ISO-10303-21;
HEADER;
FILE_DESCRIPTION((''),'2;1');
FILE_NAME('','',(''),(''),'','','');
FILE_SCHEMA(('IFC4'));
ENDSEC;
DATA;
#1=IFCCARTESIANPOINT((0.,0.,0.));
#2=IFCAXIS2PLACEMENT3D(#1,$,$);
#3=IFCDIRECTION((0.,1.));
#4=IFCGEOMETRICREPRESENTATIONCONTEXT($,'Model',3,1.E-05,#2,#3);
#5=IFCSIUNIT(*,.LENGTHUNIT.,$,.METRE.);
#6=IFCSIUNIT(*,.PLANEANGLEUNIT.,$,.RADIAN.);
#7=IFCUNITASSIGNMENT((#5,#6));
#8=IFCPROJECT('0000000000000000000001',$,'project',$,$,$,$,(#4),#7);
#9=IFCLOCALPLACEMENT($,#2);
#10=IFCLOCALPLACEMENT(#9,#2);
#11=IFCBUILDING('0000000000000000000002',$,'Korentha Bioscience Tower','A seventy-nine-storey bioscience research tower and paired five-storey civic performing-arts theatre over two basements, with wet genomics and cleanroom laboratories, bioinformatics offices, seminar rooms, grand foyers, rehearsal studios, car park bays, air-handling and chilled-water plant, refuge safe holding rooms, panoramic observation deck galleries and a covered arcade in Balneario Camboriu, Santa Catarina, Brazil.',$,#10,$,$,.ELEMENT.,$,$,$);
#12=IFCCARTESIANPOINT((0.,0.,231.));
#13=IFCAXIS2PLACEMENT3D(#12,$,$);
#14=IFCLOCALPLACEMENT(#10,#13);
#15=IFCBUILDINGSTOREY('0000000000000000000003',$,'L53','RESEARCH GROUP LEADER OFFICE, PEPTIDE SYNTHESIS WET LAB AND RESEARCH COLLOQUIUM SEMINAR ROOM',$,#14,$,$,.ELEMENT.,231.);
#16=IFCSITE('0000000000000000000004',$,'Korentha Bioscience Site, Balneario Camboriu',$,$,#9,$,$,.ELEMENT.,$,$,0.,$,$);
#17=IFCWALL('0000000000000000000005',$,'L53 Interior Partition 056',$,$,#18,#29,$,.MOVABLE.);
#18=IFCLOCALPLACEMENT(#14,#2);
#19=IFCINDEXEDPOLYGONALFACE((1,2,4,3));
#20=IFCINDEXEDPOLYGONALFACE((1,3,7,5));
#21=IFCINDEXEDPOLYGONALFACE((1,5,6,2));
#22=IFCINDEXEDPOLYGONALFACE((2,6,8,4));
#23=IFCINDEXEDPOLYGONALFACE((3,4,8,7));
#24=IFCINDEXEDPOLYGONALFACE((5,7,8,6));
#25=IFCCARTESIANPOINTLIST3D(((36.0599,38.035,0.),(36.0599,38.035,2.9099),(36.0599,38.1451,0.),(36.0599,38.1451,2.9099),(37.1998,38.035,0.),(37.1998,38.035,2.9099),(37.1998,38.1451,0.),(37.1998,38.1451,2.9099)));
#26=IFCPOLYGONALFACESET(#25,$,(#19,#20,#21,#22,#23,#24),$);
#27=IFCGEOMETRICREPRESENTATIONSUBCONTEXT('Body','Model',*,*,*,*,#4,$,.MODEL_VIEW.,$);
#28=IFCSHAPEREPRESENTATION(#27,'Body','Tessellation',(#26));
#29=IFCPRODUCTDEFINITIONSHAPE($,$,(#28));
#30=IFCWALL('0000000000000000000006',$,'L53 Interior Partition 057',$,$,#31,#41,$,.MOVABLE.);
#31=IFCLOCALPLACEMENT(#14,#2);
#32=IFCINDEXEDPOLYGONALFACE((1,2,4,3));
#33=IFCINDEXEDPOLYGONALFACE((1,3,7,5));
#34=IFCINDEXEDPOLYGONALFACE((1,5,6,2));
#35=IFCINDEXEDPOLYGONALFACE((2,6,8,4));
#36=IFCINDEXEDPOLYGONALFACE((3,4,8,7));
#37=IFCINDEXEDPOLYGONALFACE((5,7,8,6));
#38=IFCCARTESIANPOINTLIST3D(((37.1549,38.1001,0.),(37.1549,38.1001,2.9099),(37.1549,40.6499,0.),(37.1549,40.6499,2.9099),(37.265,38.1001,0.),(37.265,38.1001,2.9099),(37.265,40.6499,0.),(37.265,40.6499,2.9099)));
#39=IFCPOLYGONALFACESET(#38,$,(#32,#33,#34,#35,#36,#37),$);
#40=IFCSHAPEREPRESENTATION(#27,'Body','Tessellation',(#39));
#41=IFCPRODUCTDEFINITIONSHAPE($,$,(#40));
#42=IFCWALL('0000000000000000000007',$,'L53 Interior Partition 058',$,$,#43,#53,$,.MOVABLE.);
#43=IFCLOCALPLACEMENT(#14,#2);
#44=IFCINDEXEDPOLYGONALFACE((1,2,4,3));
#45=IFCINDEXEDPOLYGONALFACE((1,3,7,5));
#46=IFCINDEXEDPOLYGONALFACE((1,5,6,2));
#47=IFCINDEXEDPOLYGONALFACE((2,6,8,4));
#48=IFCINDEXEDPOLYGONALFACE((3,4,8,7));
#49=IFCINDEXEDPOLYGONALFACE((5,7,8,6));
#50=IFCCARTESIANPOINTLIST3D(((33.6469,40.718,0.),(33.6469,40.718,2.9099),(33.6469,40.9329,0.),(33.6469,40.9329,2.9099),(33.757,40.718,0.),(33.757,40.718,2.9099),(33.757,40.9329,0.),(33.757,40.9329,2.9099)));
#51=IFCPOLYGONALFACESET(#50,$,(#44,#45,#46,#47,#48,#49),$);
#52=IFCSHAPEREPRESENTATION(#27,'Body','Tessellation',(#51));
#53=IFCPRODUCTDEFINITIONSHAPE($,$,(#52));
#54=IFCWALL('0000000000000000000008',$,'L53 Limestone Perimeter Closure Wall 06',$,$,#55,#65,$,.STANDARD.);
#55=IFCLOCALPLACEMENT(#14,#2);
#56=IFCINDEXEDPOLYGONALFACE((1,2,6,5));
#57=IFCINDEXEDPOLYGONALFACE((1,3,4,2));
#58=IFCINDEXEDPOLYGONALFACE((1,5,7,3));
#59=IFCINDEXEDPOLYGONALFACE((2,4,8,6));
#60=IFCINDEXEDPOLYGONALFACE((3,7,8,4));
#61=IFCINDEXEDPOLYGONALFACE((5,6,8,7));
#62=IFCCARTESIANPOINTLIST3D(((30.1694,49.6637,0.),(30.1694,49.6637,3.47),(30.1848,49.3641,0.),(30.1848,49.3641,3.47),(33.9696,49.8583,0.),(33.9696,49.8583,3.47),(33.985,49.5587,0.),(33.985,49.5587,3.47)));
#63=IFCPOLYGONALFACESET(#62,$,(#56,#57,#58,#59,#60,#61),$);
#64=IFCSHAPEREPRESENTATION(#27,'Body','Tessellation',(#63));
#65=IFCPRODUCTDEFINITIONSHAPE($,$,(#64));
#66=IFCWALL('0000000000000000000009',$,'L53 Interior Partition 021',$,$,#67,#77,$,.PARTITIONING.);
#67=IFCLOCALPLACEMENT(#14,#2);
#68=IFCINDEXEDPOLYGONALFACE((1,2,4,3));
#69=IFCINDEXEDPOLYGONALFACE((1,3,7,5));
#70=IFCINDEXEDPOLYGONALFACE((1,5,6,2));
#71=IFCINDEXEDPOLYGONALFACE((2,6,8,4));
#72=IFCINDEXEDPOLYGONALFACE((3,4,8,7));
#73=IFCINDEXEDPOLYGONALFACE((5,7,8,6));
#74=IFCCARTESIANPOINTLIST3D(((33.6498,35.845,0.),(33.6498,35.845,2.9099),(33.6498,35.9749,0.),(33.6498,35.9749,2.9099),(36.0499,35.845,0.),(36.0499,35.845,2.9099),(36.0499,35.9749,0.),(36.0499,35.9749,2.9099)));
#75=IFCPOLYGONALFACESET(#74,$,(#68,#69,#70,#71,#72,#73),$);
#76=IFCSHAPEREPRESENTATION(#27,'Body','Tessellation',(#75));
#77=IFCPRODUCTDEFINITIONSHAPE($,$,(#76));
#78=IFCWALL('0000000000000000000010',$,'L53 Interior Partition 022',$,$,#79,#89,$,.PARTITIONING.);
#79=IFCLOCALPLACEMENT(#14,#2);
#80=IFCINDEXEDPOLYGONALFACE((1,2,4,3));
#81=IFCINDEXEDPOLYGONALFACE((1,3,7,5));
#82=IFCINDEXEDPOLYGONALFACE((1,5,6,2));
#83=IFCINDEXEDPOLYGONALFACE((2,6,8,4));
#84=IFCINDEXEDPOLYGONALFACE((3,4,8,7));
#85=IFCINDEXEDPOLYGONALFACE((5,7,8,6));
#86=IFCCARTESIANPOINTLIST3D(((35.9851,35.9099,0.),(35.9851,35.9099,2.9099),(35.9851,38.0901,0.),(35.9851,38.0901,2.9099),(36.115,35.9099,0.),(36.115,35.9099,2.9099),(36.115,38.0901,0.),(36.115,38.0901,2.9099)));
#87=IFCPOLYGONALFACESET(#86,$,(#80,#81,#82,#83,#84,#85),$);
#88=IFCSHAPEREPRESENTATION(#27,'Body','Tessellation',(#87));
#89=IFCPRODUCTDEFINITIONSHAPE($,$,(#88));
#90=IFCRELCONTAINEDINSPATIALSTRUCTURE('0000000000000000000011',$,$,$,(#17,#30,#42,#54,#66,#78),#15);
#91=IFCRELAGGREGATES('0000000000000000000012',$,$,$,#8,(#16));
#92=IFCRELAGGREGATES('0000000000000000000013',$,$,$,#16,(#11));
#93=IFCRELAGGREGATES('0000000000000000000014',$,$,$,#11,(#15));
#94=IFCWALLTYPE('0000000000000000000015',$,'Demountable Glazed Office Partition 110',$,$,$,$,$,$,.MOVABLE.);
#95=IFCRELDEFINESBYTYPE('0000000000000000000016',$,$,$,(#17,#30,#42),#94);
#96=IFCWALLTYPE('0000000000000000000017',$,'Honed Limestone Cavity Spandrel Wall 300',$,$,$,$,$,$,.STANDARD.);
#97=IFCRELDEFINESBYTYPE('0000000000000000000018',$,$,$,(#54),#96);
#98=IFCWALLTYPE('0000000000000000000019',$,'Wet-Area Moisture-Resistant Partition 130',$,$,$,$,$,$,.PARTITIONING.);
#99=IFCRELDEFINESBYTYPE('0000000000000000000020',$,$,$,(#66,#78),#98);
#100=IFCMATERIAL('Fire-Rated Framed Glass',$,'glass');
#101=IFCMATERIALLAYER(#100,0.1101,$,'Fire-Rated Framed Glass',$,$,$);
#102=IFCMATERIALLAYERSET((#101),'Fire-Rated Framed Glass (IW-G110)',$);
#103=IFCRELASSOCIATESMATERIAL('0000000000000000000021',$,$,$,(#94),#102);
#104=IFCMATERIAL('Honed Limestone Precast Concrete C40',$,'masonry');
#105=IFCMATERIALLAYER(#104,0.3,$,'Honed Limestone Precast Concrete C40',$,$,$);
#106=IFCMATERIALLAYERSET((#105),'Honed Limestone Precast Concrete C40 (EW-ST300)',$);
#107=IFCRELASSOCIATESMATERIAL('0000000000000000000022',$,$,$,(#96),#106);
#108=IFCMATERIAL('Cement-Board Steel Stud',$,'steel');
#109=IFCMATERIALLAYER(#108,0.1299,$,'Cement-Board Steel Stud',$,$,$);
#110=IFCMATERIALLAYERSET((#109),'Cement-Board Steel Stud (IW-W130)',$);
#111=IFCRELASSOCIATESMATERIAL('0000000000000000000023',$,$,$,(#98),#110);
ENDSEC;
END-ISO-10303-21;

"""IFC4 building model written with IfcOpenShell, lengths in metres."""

from ifc_helpers import new_model, si_unit, direction, frame, frame_2d, origin, place, context, subcontext, project, spatial, rectangle, extrude, material, layer, layer_set, type_object, element, save


model = new_model("IFC4")

# Units and contexts
model_context = context("Model", 3, precision=1e-05, world=origin(), true_north=direction((0.0, 1.0)))
body_context = subcontext(model_context, "Body", "Model", "MODEL_VIEW")
ifc_project = project(units=[si_unit("LENGTHUNIT", "METRE"), si_unit("PLANEANGLEUNIT", "RADIAN")], contexts=[model_context])

# Site, building, storey
site_placement = place(None, origin())
site = spatial("IfcSite", under=ifc_project, at=site_placement, Name="Korentha Bioscience Site, Balneario Camboriu", CompositionType="ELEMENT", RefElevation=0.0)
building_placement = place(site_placement, origin())
building = spatial("IfcBuilding", under=site, at=building_placement, Name="Korentha Bioscience Tower", Description="A seventy-nine-storey bioscience research tower and paired five-storey civic performing-arts theatre over two basements, with wet genomics and cleanroom laboratories, bioinformatics offices, seminar rooms, grand foyers, rehearsal studios, car park bays, air-handling and chilled-water plant, refuge safe holding rooms, panoramic observation deck galleries and a covered arcade in Balneario Camboriu, Santa Catarina, Brazil.", CompositionType="ELEMENT")
storey_placement = place(building_placement, frame((0.0, 0.0, 231.0)))
storey = spatial("IfcBuildingStorey", under=building, at=storey_placement, Name="L53", Description="RESEARCH GROUP LEADER OFFICE, PEPTIDE SYNTHESIS WET LAB AND RESEARCH COLLOQUIUM SEMINAR ROOM", CompositionType="ELEMENT", Elevation=231.0)

# Shared definitions
ifc_material_1 = material(Name="Fire-Rated Framed Glass", Category="glass")
ifc_layer_1 = layer(ifc_material_1, 0.1101, Name="Fire-Rated Framed Glass")
ifc_layer_set_1 = layer_set([ifc_layer_1], Name="Fire-Rated Framed Glass (IW-G110)")
wall_type_1 = type_object("IfcWallType", Name="Demountable Glazed Office Partition 110", PredefinedType="MOVABLE", material=ifc_layer_set_1)

# Walls
wall_1_placement = place(storey_placement, frame((36.0601, 38.0901, 0.0), z_axis=(0.0, 0.0, 1.0), x_axis=(1.0, 0.0, 0.0)))
element("IfcWall", 1, at=wall_1_placement, inside=storey, type_object=wall_type_1, Name="L53 Interior Partition 056", PredefinedType="MOVABLE", context=body_context, shape_type="SweptSolid", body=[
    extrude(rectangle(XDim=1.1399, YDim=0.1101, at=frame_2d((0.5698, 0.0))), origin(), (0.0, 0.0, 1.0), 2.9099),
])
wall_2_placement = place(storey_placement, frame((37.21, 38.1001, 0.0), z_axis=(0.0, 0.0, 1.0), x_axis=(0.0, 1.0, 0.0)))
element("IfcWall", 2, at=wall_2_placement, inside=storey, type_object=wall_type_1, Name="L53 Interior Partition 057", PredefinedType="MOVABLE", context=body_context, shape_type="SweptSolid", body=[
    extrude(rectangle(XDim=2.5498, YDim=0.1101, at=frame_2d((1.2749, 0.0))), origin(), (0.0, 0.0, 1.0), 2.9099),
])
wall_3_placement = place(storey_placement, frame((33.7019, 40.718, 0.0), z_axis=(0.0, 0.0, 1.0), x_axis=(0.0, 1.0, 0.0)))
element("IfcWall", 3, at=wall_3_placement, inside=storey, type_object=wall_type_1, Name="L53 Interior Partition 058", PredefinedType="MOVABLE", context=body_context, shape_type="SweptSolid", body=[
    extrude(rectangle(XDim=0.2148, YDim=0.1101, at=frame_2d((0.1074, 0.0))), origin(), (0.0, 0.0, 1.0), 2.9099),
])

# Shared definitions
ifc_material_2 = material(Name="Honed Limestone Precast Concrete C40", Category="masonry")
ifc_layer_2 = layer(ifc_material_2, 0.3, Name="Honed Limestone Precast Concrete C40")
ifc_layer_set_2 = layer_set([ifc_layer_2], Name="Honed Limestone Precast Concrete C40 (EW-ST300)")
wall_type_2 = type_object("IfcWallType", Name="Honed Limestone Cavity Spandrel Wall 300", PredefinedType="STANDARD", material=ifc_layer_set_2)

# Wall
wall_4_placement = place(storey_placement, frame((33.9773, 49.7085, 0.0), z_axis=(0.0, 0.0, 1.0), x_axis=(-0.998692, -0.051134, 0.0)))
element("IfcWall", 4, at=wall_4_placement, inside=storey, type_object=wall_type_2, Name="L53 Limestone Perimeter Closure Wall 06", PredefinedType="STANDARD", context=body_context, shape_type="SweptSolid", body=[
    extrude(rectangle(XDim=3.8052, YDim=0.3, at=frame_2d((1.9026, 0.0))), origin(), (0.0, 0.0, 1.0), 3.47),
])

# Shared definitions
ifc_material_3 = material(Name="Cement-Board Steel Stud", Category="steel")
ifc_layer_3 = layer(ifc_material_3, 0.1299, Name="Cement-Board Steel Stud")
ifc_layer_set_3 = layer_set([ifc_layer_3], Name="Cement-Board Steel Stud (IW-W130)")
wall_type_3 = type_object("IfcWallType", Name="Wet-Area Moisture-Resistant Partition 130", PredefinedType="PARTITIONING", material=ifc_layer_set_3)

# Walls
wall_5_placement = place(storey_placement, frame((36.05, 35.9099, 0.0), z_axis=(0.0, 0.0, 1.0), x_axis=(-1.0, 0.0, 0.0)))
element("IfcWall", 5, at=wall_5_placement, inside=storey, type_object=wall_type_3, Name="L53 Interior Partition 021", PredefinedType="PARTITIONING", context=body_context, shape_type="SweptSolid", body=[
    extrude(rectangle(XDim=2.4001, YDim=0.1299, at=frame_2d((1.2002, 0.0))), origin(), (0.0, 0.0, 1.0), 2.9099),
])
wall_6_placement = place(storey_placement, frame((36.05, 38.0901, 0.0), z_axis=(0.0, 0.0, 1.0), x_axis=(0.0, -1.0, 0.0)))
element("IfcWall", 6, at=wall_6_placement, inside=storey, type_object=wall_type_3, Name="L53 Interior Partition 022", PredefinedType="PARTITIONING", context=body_context, shape_type="SweptSolid", body=[
    extrude(rectangle(XDim=2.1802, YDim=0.1299, at=frame_2d((1.0901, 0.0))), origin(), (0.0, 0.0, 1.0), 2.9099),
])

save(model, "model.ifc")
